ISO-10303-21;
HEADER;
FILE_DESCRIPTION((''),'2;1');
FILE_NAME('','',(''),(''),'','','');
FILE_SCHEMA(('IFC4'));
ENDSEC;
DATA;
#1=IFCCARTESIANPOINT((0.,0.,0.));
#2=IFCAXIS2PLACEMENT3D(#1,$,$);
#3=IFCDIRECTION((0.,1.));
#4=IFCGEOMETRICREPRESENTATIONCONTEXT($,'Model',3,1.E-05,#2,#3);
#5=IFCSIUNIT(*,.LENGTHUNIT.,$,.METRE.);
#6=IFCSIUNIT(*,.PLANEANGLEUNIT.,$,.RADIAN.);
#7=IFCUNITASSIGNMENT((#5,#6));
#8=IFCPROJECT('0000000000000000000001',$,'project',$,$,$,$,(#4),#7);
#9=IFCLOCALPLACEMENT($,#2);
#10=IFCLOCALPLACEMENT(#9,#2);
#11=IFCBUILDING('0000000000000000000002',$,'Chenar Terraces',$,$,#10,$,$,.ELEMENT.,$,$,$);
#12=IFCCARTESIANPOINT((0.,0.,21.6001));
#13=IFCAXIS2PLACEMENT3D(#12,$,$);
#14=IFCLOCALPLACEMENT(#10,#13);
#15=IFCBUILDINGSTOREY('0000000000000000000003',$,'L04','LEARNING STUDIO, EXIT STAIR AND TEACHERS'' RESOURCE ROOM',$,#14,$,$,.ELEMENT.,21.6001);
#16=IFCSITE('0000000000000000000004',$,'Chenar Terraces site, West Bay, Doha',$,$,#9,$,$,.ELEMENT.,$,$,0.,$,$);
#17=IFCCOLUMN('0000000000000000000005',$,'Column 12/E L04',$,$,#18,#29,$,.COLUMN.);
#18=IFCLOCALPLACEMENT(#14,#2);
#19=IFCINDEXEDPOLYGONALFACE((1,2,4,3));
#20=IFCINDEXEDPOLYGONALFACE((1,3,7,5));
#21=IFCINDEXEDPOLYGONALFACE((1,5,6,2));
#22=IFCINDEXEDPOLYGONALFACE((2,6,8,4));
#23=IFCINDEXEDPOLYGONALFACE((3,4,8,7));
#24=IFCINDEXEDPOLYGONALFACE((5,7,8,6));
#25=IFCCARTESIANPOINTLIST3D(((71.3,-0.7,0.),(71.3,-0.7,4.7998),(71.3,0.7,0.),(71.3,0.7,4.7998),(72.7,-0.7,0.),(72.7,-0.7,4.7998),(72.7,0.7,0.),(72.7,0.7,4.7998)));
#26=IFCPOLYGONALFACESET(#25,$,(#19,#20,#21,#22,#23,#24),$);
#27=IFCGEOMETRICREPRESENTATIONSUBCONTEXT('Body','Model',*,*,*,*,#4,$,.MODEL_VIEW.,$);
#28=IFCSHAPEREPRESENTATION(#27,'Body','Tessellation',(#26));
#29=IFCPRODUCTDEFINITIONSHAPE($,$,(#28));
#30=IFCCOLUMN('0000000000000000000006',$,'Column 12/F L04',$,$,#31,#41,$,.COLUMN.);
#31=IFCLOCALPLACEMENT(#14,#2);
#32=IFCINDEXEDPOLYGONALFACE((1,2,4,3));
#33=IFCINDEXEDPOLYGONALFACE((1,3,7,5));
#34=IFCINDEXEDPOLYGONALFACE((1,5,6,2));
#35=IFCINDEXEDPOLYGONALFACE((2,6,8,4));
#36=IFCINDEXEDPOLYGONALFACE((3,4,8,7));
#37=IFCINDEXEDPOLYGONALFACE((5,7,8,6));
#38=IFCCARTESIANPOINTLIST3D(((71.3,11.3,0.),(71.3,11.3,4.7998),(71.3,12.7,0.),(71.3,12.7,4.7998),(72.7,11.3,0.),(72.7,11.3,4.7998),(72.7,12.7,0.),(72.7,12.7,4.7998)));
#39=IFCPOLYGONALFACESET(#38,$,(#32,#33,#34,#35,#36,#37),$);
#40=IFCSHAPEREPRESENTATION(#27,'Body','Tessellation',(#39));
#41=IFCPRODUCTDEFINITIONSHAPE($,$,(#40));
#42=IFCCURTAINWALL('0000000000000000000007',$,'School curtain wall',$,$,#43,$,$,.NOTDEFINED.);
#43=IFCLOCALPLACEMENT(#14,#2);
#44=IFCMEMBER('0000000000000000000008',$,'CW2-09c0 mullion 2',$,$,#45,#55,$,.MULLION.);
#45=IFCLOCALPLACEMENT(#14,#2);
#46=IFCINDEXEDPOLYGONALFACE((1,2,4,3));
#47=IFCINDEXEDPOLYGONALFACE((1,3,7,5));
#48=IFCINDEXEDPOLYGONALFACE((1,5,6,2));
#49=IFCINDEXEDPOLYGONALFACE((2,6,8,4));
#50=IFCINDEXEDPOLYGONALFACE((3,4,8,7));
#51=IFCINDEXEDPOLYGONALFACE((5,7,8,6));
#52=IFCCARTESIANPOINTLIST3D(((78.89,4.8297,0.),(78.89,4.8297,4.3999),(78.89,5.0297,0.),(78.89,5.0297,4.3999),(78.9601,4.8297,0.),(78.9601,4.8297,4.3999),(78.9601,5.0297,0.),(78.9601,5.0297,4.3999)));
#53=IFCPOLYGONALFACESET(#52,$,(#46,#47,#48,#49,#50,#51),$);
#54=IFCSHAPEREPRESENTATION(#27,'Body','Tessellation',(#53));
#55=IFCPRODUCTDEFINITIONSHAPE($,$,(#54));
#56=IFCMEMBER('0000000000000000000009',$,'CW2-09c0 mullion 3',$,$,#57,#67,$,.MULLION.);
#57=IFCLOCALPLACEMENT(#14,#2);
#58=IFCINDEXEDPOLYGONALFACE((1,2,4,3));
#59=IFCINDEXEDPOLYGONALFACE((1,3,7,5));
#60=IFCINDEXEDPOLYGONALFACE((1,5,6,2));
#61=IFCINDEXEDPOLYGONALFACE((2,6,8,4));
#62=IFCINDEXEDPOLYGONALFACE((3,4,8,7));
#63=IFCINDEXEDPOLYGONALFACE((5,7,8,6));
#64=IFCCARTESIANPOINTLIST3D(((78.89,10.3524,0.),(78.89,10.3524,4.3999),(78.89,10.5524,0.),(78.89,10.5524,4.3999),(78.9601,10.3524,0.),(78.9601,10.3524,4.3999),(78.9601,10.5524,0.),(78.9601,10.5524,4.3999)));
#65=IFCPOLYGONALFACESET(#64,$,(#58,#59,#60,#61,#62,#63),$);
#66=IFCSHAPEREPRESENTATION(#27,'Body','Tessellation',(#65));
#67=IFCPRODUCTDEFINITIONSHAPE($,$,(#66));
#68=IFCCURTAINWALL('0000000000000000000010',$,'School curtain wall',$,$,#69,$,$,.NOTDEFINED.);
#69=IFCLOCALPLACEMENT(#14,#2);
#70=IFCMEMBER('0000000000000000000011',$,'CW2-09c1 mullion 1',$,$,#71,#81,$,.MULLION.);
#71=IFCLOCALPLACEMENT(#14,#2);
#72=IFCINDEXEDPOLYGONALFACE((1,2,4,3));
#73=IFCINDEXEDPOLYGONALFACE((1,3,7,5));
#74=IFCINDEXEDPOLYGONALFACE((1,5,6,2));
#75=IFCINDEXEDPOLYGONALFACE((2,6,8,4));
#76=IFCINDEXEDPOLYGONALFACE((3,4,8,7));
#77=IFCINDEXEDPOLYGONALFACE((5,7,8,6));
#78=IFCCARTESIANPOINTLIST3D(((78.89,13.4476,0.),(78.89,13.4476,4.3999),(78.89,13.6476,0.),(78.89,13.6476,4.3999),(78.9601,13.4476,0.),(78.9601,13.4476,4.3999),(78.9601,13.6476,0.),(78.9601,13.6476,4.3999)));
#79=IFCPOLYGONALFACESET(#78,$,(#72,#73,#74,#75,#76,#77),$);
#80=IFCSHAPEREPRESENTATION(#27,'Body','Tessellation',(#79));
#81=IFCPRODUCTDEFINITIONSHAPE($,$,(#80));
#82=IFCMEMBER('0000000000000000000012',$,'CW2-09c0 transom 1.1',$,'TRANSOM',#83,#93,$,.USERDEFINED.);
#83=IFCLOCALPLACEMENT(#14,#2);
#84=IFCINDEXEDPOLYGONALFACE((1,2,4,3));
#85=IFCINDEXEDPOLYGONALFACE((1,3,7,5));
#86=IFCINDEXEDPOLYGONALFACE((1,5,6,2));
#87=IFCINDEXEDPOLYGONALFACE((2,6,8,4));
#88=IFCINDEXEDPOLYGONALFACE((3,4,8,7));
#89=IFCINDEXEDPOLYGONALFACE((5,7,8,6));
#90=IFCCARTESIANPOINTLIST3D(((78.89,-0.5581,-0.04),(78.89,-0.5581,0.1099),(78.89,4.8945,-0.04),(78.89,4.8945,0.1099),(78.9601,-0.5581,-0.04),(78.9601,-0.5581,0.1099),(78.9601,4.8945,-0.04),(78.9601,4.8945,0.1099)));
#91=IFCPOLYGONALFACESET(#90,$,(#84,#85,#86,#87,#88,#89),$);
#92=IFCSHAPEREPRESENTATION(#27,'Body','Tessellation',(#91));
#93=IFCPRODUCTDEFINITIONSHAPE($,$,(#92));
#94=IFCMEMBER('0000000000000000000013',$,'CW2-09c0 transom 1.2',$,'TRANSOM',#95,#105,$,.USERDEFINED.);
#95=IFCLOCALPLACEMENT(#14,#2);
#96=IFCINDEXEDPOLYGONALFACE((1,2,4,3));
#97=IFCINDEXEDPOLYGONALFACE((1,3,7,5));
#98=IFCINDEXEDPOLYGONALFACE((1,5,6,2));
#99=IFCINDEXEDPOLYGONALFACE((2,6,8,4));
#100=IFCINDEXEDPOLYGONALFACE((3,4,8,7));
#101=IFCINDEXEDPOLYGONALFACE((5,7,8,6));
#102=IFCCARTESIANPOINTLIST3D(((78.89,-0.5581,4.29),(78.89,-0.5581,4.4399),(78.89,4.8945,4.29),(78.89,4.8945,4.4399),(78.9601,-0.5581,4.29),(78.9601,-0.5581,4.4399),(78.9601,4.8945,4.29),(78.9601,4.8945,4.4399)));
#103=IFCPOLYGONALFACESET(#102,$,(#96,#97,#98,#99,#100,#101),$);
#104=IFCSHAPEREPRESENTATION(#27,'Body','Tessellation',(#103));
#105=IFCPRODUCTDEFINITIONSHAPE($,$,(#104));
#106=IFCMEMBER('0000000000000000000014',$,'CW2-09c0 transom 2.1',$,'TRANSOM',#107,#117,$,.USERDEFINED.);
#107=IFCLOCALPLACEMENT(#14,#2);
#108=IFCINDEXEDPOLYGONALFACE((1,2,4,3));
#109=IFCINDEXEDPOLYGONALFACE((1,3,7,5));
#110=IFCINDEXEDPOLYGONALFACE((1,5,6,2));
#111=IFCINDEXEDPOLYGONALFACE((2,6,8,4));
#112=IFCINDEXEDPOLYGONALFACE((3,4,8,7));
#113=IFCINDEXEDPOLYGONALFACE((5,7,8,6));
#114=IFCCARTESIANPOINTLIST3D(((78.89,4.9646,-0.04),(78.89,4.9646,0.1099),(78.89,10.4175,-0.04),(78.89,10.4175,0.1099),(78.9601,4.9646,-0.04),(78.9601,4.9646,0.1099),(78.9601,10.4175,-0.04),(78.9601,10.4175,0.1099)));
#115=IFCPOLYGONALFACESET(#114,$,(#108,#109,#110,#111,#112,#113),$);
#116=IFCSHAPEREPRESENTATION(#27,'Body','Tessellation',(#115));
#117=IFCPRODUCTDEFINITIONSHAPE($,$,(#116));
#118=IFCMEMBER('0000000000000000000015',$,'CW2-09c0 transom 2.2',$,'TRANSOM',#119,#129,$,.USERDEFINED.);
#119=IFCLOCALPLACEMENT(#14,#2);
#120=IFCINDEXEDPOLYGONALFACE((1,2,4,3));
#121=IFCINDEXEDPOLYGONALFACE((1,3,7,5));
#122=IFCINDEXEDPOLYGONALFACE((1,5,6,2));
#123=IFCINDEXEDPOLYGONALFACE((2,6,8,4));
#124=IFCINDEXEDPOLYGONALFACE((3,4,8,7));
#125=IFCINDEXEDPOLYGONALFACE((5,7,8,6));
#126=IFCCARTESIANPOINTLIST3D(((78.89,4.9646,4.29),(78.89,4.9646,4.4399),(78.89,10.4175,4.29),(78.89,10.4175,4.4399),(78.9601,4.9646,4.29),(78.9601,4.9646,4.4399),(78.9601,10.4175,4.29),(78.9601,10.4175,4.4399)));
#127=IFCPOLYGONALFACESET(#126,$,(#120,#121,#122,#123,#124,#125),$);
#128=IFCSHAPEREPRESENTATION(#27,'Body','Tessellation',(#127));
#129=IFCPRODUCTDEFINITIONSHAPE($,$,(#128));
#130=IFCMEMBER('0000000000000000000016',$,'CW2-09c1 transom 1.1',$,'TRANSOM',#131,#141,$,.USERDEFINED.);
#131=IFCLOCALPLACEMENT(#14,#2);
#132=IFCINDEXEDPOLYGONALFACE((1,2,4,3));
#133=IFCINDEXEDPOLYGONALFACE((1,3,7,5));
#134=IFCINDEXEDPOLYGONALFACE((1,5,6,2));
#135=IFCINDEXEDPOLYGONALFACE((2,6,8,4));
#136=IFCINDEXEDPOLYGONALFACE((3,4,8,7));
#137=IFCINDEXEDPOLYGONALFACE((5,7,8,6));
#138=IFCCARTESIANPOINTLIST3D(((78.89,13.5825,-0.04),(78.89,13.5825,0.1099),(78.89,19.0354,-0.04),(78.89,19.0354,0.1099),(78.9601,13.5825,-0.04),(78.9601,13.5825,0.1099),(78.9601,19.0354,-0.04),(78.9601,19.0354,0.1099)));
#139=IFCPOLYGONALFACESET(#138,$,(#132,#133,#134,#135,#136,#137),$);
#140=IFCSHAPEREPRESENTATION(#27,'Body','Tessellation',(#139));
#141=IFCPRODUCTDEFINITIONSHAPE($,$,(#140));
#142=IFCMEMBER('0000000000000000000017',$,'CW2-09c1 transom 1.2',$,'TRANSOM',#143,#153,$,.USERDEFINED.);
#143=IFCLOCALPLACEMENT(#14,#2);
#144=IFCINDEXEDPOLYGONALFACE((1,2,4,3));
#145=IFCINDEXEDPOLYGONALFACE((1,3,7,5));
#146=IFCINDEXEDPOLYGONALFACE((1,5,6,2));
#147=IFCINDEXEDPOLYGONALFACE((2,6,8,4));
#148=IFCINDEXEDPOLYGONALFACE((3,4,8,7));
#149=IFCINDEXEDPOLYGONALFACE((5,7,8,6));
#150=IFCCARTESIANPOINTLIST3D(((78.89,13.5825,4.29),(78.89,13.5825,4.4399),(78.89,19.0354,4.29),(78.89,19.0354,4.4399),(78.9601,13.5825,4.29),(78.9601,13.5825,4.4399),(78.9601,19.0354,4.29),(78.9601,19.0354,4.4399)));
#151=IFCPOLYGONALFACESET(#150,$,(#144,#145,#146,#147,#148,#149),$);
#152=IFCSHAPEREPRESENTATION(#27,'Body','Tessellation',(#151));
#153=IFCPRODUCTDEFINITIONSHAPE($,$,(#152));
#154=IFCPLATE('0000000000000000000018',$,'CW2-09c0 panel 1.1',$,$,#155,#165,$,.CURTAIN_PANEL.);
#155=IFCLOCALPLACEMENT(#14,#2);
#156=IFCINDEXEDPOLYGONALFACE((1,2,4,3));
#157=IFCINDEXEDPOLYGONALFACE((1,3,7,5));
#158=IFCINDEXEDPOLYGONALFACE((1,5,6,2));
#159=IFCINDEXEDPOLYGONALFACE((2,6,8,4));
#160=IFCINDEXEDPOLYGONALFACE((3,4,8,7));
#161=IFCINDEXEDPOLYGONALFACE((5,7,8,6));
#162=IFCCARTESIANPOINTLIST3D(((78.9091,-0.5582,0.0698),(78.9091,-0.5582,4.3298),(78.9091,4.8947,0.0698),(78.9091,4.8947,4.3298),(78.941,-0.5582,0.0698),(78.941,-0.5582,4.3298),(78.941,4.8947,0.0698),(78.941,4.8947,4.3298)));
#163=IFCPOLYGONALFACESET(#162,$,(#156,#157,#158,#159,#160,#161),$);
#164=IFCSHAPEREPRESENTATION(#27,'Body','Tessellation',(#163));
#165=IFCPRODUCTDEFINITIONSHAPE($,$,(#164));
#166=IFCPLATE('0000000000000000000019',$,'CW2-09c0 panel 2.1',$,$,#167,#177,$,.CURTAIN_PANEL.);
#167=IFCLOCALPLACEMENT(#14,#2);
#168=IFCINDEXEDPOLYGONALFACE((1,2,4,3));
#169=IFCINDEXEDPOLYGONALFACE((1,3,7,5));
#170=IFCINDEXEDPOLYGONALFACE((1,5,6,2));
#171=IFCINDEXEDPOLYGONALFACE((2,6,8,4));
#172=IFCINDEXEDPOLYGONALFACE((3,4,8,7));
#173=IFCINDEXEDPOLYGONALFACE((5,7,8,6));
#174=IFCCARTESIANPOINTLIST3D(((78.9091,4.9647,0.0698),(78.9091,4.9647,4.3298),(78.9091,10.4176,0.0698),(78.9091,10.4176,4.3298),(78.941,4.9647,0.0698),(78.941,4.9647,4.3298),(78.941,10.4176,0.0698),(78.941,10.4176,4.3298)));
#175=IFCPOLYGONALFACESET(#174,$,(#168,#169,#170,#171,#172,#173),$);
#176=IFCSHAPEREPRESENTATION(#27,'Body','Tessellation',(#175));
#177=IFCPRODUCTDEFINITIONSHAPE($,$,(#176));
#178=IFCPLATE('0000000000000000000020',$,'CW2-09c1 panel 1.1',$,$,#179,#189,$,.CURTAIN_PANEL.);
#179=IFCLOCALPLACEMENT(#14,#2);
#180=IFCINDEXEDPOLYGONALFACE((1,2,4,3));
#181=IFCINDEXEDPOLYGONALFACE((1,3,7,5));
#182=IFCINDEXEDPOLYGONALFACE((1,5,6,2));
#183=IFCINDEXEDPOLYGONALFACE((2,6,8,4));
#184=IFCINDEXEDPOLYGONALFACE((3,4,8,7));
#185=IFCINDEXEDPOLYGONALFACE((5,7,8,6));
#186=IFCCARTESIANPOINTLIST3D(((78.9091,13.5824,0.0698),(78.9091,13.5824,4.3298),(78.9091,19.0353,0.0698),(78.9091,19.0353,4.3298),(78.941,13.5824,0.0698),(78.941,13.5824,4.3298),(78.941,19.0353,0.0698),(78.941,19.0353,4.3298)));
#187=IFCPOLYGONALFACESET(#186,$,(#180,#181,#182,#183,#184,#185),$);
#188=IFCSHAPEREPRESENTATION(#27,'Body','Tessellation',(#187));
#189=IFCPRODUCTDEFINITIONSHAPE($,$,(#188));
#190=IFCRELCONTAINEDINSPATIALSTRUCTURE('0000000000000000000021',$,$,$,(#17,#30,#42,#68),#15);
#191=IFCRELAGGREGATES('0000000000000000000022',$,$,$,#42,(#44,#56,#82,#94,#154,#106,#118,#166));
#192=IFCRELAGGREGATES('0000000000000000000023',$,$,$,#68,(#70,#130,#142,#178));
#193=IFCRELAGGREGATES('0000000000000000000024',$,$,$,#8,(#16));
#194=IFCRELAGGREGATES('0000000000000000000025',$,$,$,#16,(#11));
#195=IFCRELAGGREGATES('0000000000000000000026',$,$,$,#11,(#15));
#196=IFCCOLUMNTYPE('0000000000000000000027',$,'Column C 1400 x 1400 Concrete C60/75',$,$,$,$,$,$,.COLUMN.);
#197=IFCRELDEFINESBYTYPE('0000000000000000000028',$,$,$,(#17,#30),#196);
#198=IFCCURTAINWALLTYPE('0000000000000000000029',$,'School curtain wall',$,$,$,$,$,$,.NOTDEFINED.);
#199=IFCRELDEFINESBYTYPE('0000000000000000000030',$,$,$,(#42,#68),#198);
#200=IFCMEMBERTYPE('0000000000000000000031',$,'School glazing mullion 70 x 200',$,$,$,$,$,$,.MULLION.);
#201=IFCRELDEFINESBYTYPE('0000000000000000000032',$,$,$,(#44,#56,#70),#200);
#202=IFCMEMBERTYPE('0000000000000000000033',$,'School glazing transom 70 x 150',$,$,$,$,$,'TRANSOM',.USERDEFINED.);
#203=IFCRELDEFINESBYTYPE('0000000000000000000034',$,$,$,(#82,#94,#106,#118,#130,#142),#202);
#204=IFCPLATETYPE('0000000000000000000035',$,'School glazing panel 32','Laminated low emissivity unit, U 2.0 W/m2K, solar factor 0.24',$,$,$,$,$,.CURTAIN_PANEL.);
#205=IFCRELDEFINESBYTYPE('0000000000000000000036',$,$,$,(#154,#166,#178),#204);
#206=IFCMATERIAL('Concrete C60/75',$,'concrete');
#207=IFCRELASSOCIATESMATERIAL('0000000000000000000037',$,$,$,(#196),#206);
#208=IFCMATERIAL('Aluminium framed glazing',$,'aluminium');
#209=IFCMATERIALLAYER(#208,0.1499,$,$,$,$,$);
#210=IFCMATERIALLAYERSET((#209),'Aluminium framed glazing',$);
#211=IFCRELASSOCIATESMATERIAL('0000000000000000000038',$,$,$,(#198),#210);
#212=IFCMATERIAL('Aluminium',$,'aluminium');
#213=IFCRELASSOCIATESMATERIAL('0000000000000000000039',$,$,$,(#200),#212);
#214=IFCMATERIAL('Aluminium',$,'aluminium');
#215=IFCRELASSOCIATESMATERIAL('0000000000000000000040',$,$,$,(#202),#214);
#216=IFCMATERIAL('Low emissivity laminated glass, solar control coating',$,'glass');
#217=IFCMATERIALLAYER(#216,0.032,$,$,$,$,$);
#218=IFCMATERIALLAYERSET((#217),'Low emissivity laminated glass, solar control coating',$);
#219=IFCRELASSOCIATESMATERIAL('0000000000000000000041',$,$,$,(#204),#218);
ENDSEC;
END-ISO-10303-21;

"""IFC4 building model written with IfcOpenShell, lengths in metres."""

from ifc_helpers import new_model, si_unit, direction, frame, origin, origin_2d, place, context, subcontext, project, spatial, rectangle, extrude, material, layer, layer_set, material_profile, profile_set, type_object, element, aggregate, save


model = new_model("IFC4")

# Units and contexts
model_context = context("Model", 3, precision=1e-05, world=origin(), true_north=direction((0.0, 1.0)))
body_context = subcontext(model_context, "Body", "Model", "MODEL_VIEW")
ifc_project = project(units=[si_unit("LENGTHUNIT", "METRE"), si_unit("PLANEANGLEUNIT", "RADIAN")], contexts=[model_context])

# Site, building, storey
site_placement = place(None, origin())
site = spatial("IfcSite", under=ifc_project, at=site_placement, Name="Chenar Terraces site, West Bay, Doha", CompositionType="ELEMENT", RefElevation=0.0)
building_placement = place(site_placement, origin())
building = spatial("IfcBuilding", under=site, at=building_placement, Name="Chenar Terraces", CompositionType="ELEMENT")
storey_placement = place(building_placement, frame((0.0, 0.0, 21.6001)))
storey = spatial("IfcBuildingStorey", under=building, at=storey_placement, Name="L04", Description="LEARNING STUDIO, EXIT STAIR AND TEACHERS' RESOURCE ROOM", CompositionType="ELEMENT", Elevation=21.6001)

# Columns
ifc_material_1 = material(Name="Concrete C60/75", Category="concrete")
ifc_material_profile_1 = material_profile(ifc_material_1, rectangle(XDim=1.3999, YDim=1.3999, at=origin_2d()), Name="C 1400 x 1400")
ifc_profile_set_1 = profile_set([ifc_material_profile_1], Name="Concrete C60/75")
column_type = type_object("IfcColumnType", Name="Column C 1400 x 1400 Concrete C60/75", PredefinedType="COLUMN", material=ifc_profile_set_1)
for number, where, z_axis, x_axis, name in (
    (1, (72.0, 0.0, 0.0), (0.0, 0.0, 1.0), (1.0, 0.0, 0.0), "Column 12/E L04"),
    (2, (72.0, 12.0, 0.0), (0.0, 0.0, 1.0), (1.0, 0.0, 0.0), "Column 12/F L04"),
):
    element("IfcColumn", number, at=place(storey_placement, frame(where, z_axis=z_axis, x_axis=x_axis)), inside=storey, type_object=column_type, Name=name, PredefinedType="COLUMN", context=body_context, shape_type="SweptSolid", body=[
        extrude(rectangle(XDim=1.3999, YDim=1.3999, at=origin_2d()), origin(), (0.0, 0.0, 1.0), 4.7998),
    ])

# Curtain wall, members
ifc_material_2 = material(Name="Aluminium framed glazing", Category="aluminium")
ifc_layer_1 = layer(ifc_material_2, 0.1499)
ifc_layer_set_1 = layer_set([ifc_layer_1], Name="Aluminium framed glazing")
curtain_wall_type = type_object("IfcCurtainWallType", Name="School curtain wall", PredefinedType="NOTDEFINED", material=ifc_layer_set_1)
placement = place(storey_placement, origin())
curtain_wall_1 = element("IfcCurtainWall", 3, at=placement, inside=storey, type_object=curtain_wall_type, Name="School curtain wall", PredefinedType="NOTDEFINED")
ifc_material_3 = material(Name="Aluminium", Category="aluminium")
ifc_material_profile_2 = material_profile(ifc_material_3, rectangle(XDim=0.0701, YDim=0.2, at=origin_2d()), Name="School glazing mullion 70 x 200")
ifc_profile_set_2 = profile_set([ifc_material_profile_2], Name="Aluminium")
member_type_1 = type_object("IfcMemberType", Name="School glazing mullion 70 x 200", PredefinedType="MULLION", material=ifc_profile_set_2)
member_1_placement = place(storey_placement, frame((78.925, 4.9297, 0.0), z_axis=(0.0, 0.0, 1.0), x_axis=(-1.0, 0.0, 0.0)))
member_1 = element("IfcMember", 4, at=member_1_placement, type_object=member_type_1, Name="CW2-09c0 mullion 2", PredefinedType="MULLION", context=body_context, shape_type="SweptSolid", body=[
    extrude(rectangle(XDim=0.0701, YDim=0.2, at=origin_2d()), origin(), (0.0, 0.0, 1.0), 4.3999),
])
member_2_placement = place(storey_placement, frame((78.925, 10.4524, 0.0), z_axis=(0.0, 0.0, 1.0), x_axis=(-1.0, 0.0, 0.0)))
member_2 = element("IfcMember", 5, at=member_2_placement, type_object=member_type_1, Name="CW2-09c0 mullion 3", PredefinedType="MULLION", context=body_context, shape_type="SweptSolid", body=[
    extrude(rectangle(XDim=0.0701, YDim=0.2, at=origin_2d()), origin(), (0.0, 0.0, 1.0), 4.3999),
])

# Curtain wall, member
curtain_wall_2 = element("IfcCurtainWall", 6, at=placement, inside=storey, type_object=curtain_wall_type, Name="School curtain wall", PredefinedType="NOTDEFINED")
member_3_placement = place(storey_placement, frame((78.925, 13.5476, 0.0), z_axis=(0.0, 0.0, 1.0), x_axis=(-1.0, 0.0, 0.0)))
member_3 = element("IfcMember", 7, at=member_3_placement, type_object=member_type_1, Name="CW2-09c1 mullion 1", PredefinedType="MULLION", context=body_context, shape_type="SweptSolid", body=[
    extrude(rectangle(XDim=0.0701, YDim=0.2, at=origin_2d()), origin(), (0.0, 0.0, 1.0), 4.3999),
])

# Members
ifc_material_4 = material(Name="Aluminium", Category="aluminium")
ifc_material_profile_3 = material_profile(ifc_material_4, rectangle(XDim=0.0701, YDim=0.1499, at=origin_2d()), Name="School glazing transom 70 x 150")
ifc_profile_set_3 = profile_set([ifc_material_profile_3], Name="Aluminium")
member_type_2 = type_object("IfcMemberType", Name="School glazing transom 70 x 150", ElementType="TRANSOM", PredefinedType="USERDEFINED", material=ifc_profile_set_3)
member_4_placement = place(storey_placement, frame((78.925, -0.5581, 0.0349), z_axis=(0.0, 1.0, 0.0), x_axis=(-1.0, 0.0, 0.0)))
member_4 = element("IfcMember", 8, at=member_4_placement, type_object=member_type_2, Name="CW2-09c0 transom 1.1", ObjectType="TRANSOM", PredefinedType="USERDEFINED", context=body_context, shape_type="SweptSolid", body=[
    extrude(rectangle(XDim=0.0701, YDim=0.1499, at=origin_2d()), origin(), (0.0, 0.0, 1.0), 5.4526),
])
member_5_placement = place(storey_placement, frame((78.925, -0.5581, 4.365), z_axis=(0.0, 1.0, 0.0), x_axis=(-1.0, 0.0, 0.0)))
member_5 = element("IfcMember", 9, at=member_5_placement, type_object=member_type_2, Name="CW2-09c0 transom 1.2", ObjectType="TRANSOM", PredefinedType="USERDEFINED", context=body_context, shape_type="SweptSolid", body=[
    extrude(rectangle(XDim=0.0701, YDim=0.1499, at=origin_2d()), origin(), (0.0, 0.0, 1.0), 5.4526),
])
member_6_placement = place(storey_placement, frame((78.925, 4.9646, 0.0349), z_axis=(0.0, 1.0, 0.0), x_axis=(-1.0, 0.0, 0.0)))
member_6 = element("IfcMember", 10, at=member_6_placement, type_object=member_type_2, Name="CW2-09c0 transom 2.1", ObjectType="TRANSOM", PredefinedType="USERDEFINED", context=body_context, shape_type="SweptSolid", body=[
    extrude(rectangle(XDim=0.0701, YDim=0.1499, at=origin_2d()), origin(), (0.0, 0.0, 1.0), 5.4529),
])
member_7_placement = place(storey_placement, frame((78.925, 4.9646, 4.365), z_axis=(0.0, 1.0, 0.0), x_axis=(-1.0, 0.0, 0.0)))
member_7 = element("IfcMember", 11, at=member_7_placement, type_object=member_type_2, Name="CW2-09c0 transom 2.2", ObjectType="TRANSOM", PredefinedType="USERDEFINED", context=body_context, shape_type="SweptSolid", body=[
    extrude(rectangle(XDim=0.0701, YDim=0.1499, at=origin_2d()), origin(), (0.0, 0.0, 1.0), 5.4529),
])
member_8_placement = place(storey_placement, frame((78.925, 13.5825, 0.0349), z_axis=(0.0, 1.0, 0.0), x_axis=(-1.0, 0.0, 0.0)))
member_8 = element("IfcMember", 12, at=member_8_placement, type_object=member_type_2, Name="CW2-09c1 transom 1.1", ObjectType="TRANSOM", PredefinedType="USERDEFINED", context=body_context, shape_type="SweptSolid", body=[
    extrude(rectangle(XDim=0.0701, YDim=0.1499, at=origin_2d()), origin(), (0.0, 0.0, 1.0), 5.4529),
])
member_9_placement = place(storey_placement, frame((78.925, 13.5825, 4.365), z_axis=(0.0, 1.0, 0.0), x_axis=(-1.0, 0.0, 0.0)))
member_9 = element("IfcMember", 13, at=member_9_placement, type_object=member_type_2, Name="CW2-09c1 transom 1.2", ObjectType="TRANSOM", PredefinedType="USERDEFINED", context=body_context, shape_type="SweptSolid", body=[
    extrude(rectangle(XDim=0.0701, YDim=0.1499, at=origin_2d()), origin(), (0.0, 0.0, 1.0), 5.4529),
])

# Plates
ifc_material_5 = material(Name="Low emissivity laminated glass, solar control coating", Category="glass")
ifc_layer_2 = layer(ifc_material_5, 0.032)
ifc_layer_set_2 = layer_set([ifc_layer_2], Name="Low emissivity laminated glass, solar control coating")
plate_type = type_object("IfcPlateType", Name="School glazing panel 32", Description="Laminated low emissivity unit, U 2.0 W/m2K, solar factor 0.24", PredefinedType="CURTAIN_PANEL", material=ifc_layer_set_2)
plate_1_placement = place(storey_placement, frame((78.925, 2.1682, 0.0698), z_axis=(0.0, 0.0, 1.0), x_axis=(0.0, 1.0, 0.0)))
plate_1 = element("IfcPlate", 14, at=plate_1_placement, type_object=plate_type, Name="CW2-09c0 panel 1.1", PredefinedType="CURTAIN_PANEL", context=body_context, shape_type="SweptSolid", body=[
    extrude(rectangle(XDim=5.4529, YDim=0.032, at=origin_2d()), origin(), (0.0, 0.0, 1.0), 4.26),
])
plate_2_placement = place(storey_placement, frame((78.925, 7.6912, 0.0698), z_axis=(0.0, 0.0, 1.0), x_axis=(0.0, 1.0, 0.0)))
plate_2 = element("IfcPlate", 15, at=plate_2_placement, type_object=plate_type, Name="CW2-09c0 panel 2.1", PredefinedType="CURTAIN_PANEL", context=body_context, shape_type="SweptSolid", body=[
    extrude(rectangle(XDim=5.4529, YDim=0.032, at=origin_2d()), origin(), (0.0, 0.0, 1.0), 4.26),
])
aggregate(curtain_wall_1, [member_1, member_2, member_4, member_5, plate_1, member_6, member_7, plate_2])
plate_3_placement = place(storey_placement, frame((78.925, 16.3088, 0.0698), z_axis=(0.0, 0.0, 1.0), x_axis=(0.0, 1.0, 0.0)))
plate_3 = element("IfcPlate", 16, at=plate_3_placement, type_object=plate_type, Name="CW2-09c1 panel 1.1", PredefinedType="CURTAIN_PANEL", context=body_context, shape_type="SweptSolid", body=[
    extrude(rectangle(XDim=5.4529, YDim=0.032, at=origin_2d()), origin(), (0.0, 0.0, 1.0), 4.26),
])
aggregate(curtain_wall_2, [member_3, member_8, member_9, plate_3])

save(model, "model.ifc")
